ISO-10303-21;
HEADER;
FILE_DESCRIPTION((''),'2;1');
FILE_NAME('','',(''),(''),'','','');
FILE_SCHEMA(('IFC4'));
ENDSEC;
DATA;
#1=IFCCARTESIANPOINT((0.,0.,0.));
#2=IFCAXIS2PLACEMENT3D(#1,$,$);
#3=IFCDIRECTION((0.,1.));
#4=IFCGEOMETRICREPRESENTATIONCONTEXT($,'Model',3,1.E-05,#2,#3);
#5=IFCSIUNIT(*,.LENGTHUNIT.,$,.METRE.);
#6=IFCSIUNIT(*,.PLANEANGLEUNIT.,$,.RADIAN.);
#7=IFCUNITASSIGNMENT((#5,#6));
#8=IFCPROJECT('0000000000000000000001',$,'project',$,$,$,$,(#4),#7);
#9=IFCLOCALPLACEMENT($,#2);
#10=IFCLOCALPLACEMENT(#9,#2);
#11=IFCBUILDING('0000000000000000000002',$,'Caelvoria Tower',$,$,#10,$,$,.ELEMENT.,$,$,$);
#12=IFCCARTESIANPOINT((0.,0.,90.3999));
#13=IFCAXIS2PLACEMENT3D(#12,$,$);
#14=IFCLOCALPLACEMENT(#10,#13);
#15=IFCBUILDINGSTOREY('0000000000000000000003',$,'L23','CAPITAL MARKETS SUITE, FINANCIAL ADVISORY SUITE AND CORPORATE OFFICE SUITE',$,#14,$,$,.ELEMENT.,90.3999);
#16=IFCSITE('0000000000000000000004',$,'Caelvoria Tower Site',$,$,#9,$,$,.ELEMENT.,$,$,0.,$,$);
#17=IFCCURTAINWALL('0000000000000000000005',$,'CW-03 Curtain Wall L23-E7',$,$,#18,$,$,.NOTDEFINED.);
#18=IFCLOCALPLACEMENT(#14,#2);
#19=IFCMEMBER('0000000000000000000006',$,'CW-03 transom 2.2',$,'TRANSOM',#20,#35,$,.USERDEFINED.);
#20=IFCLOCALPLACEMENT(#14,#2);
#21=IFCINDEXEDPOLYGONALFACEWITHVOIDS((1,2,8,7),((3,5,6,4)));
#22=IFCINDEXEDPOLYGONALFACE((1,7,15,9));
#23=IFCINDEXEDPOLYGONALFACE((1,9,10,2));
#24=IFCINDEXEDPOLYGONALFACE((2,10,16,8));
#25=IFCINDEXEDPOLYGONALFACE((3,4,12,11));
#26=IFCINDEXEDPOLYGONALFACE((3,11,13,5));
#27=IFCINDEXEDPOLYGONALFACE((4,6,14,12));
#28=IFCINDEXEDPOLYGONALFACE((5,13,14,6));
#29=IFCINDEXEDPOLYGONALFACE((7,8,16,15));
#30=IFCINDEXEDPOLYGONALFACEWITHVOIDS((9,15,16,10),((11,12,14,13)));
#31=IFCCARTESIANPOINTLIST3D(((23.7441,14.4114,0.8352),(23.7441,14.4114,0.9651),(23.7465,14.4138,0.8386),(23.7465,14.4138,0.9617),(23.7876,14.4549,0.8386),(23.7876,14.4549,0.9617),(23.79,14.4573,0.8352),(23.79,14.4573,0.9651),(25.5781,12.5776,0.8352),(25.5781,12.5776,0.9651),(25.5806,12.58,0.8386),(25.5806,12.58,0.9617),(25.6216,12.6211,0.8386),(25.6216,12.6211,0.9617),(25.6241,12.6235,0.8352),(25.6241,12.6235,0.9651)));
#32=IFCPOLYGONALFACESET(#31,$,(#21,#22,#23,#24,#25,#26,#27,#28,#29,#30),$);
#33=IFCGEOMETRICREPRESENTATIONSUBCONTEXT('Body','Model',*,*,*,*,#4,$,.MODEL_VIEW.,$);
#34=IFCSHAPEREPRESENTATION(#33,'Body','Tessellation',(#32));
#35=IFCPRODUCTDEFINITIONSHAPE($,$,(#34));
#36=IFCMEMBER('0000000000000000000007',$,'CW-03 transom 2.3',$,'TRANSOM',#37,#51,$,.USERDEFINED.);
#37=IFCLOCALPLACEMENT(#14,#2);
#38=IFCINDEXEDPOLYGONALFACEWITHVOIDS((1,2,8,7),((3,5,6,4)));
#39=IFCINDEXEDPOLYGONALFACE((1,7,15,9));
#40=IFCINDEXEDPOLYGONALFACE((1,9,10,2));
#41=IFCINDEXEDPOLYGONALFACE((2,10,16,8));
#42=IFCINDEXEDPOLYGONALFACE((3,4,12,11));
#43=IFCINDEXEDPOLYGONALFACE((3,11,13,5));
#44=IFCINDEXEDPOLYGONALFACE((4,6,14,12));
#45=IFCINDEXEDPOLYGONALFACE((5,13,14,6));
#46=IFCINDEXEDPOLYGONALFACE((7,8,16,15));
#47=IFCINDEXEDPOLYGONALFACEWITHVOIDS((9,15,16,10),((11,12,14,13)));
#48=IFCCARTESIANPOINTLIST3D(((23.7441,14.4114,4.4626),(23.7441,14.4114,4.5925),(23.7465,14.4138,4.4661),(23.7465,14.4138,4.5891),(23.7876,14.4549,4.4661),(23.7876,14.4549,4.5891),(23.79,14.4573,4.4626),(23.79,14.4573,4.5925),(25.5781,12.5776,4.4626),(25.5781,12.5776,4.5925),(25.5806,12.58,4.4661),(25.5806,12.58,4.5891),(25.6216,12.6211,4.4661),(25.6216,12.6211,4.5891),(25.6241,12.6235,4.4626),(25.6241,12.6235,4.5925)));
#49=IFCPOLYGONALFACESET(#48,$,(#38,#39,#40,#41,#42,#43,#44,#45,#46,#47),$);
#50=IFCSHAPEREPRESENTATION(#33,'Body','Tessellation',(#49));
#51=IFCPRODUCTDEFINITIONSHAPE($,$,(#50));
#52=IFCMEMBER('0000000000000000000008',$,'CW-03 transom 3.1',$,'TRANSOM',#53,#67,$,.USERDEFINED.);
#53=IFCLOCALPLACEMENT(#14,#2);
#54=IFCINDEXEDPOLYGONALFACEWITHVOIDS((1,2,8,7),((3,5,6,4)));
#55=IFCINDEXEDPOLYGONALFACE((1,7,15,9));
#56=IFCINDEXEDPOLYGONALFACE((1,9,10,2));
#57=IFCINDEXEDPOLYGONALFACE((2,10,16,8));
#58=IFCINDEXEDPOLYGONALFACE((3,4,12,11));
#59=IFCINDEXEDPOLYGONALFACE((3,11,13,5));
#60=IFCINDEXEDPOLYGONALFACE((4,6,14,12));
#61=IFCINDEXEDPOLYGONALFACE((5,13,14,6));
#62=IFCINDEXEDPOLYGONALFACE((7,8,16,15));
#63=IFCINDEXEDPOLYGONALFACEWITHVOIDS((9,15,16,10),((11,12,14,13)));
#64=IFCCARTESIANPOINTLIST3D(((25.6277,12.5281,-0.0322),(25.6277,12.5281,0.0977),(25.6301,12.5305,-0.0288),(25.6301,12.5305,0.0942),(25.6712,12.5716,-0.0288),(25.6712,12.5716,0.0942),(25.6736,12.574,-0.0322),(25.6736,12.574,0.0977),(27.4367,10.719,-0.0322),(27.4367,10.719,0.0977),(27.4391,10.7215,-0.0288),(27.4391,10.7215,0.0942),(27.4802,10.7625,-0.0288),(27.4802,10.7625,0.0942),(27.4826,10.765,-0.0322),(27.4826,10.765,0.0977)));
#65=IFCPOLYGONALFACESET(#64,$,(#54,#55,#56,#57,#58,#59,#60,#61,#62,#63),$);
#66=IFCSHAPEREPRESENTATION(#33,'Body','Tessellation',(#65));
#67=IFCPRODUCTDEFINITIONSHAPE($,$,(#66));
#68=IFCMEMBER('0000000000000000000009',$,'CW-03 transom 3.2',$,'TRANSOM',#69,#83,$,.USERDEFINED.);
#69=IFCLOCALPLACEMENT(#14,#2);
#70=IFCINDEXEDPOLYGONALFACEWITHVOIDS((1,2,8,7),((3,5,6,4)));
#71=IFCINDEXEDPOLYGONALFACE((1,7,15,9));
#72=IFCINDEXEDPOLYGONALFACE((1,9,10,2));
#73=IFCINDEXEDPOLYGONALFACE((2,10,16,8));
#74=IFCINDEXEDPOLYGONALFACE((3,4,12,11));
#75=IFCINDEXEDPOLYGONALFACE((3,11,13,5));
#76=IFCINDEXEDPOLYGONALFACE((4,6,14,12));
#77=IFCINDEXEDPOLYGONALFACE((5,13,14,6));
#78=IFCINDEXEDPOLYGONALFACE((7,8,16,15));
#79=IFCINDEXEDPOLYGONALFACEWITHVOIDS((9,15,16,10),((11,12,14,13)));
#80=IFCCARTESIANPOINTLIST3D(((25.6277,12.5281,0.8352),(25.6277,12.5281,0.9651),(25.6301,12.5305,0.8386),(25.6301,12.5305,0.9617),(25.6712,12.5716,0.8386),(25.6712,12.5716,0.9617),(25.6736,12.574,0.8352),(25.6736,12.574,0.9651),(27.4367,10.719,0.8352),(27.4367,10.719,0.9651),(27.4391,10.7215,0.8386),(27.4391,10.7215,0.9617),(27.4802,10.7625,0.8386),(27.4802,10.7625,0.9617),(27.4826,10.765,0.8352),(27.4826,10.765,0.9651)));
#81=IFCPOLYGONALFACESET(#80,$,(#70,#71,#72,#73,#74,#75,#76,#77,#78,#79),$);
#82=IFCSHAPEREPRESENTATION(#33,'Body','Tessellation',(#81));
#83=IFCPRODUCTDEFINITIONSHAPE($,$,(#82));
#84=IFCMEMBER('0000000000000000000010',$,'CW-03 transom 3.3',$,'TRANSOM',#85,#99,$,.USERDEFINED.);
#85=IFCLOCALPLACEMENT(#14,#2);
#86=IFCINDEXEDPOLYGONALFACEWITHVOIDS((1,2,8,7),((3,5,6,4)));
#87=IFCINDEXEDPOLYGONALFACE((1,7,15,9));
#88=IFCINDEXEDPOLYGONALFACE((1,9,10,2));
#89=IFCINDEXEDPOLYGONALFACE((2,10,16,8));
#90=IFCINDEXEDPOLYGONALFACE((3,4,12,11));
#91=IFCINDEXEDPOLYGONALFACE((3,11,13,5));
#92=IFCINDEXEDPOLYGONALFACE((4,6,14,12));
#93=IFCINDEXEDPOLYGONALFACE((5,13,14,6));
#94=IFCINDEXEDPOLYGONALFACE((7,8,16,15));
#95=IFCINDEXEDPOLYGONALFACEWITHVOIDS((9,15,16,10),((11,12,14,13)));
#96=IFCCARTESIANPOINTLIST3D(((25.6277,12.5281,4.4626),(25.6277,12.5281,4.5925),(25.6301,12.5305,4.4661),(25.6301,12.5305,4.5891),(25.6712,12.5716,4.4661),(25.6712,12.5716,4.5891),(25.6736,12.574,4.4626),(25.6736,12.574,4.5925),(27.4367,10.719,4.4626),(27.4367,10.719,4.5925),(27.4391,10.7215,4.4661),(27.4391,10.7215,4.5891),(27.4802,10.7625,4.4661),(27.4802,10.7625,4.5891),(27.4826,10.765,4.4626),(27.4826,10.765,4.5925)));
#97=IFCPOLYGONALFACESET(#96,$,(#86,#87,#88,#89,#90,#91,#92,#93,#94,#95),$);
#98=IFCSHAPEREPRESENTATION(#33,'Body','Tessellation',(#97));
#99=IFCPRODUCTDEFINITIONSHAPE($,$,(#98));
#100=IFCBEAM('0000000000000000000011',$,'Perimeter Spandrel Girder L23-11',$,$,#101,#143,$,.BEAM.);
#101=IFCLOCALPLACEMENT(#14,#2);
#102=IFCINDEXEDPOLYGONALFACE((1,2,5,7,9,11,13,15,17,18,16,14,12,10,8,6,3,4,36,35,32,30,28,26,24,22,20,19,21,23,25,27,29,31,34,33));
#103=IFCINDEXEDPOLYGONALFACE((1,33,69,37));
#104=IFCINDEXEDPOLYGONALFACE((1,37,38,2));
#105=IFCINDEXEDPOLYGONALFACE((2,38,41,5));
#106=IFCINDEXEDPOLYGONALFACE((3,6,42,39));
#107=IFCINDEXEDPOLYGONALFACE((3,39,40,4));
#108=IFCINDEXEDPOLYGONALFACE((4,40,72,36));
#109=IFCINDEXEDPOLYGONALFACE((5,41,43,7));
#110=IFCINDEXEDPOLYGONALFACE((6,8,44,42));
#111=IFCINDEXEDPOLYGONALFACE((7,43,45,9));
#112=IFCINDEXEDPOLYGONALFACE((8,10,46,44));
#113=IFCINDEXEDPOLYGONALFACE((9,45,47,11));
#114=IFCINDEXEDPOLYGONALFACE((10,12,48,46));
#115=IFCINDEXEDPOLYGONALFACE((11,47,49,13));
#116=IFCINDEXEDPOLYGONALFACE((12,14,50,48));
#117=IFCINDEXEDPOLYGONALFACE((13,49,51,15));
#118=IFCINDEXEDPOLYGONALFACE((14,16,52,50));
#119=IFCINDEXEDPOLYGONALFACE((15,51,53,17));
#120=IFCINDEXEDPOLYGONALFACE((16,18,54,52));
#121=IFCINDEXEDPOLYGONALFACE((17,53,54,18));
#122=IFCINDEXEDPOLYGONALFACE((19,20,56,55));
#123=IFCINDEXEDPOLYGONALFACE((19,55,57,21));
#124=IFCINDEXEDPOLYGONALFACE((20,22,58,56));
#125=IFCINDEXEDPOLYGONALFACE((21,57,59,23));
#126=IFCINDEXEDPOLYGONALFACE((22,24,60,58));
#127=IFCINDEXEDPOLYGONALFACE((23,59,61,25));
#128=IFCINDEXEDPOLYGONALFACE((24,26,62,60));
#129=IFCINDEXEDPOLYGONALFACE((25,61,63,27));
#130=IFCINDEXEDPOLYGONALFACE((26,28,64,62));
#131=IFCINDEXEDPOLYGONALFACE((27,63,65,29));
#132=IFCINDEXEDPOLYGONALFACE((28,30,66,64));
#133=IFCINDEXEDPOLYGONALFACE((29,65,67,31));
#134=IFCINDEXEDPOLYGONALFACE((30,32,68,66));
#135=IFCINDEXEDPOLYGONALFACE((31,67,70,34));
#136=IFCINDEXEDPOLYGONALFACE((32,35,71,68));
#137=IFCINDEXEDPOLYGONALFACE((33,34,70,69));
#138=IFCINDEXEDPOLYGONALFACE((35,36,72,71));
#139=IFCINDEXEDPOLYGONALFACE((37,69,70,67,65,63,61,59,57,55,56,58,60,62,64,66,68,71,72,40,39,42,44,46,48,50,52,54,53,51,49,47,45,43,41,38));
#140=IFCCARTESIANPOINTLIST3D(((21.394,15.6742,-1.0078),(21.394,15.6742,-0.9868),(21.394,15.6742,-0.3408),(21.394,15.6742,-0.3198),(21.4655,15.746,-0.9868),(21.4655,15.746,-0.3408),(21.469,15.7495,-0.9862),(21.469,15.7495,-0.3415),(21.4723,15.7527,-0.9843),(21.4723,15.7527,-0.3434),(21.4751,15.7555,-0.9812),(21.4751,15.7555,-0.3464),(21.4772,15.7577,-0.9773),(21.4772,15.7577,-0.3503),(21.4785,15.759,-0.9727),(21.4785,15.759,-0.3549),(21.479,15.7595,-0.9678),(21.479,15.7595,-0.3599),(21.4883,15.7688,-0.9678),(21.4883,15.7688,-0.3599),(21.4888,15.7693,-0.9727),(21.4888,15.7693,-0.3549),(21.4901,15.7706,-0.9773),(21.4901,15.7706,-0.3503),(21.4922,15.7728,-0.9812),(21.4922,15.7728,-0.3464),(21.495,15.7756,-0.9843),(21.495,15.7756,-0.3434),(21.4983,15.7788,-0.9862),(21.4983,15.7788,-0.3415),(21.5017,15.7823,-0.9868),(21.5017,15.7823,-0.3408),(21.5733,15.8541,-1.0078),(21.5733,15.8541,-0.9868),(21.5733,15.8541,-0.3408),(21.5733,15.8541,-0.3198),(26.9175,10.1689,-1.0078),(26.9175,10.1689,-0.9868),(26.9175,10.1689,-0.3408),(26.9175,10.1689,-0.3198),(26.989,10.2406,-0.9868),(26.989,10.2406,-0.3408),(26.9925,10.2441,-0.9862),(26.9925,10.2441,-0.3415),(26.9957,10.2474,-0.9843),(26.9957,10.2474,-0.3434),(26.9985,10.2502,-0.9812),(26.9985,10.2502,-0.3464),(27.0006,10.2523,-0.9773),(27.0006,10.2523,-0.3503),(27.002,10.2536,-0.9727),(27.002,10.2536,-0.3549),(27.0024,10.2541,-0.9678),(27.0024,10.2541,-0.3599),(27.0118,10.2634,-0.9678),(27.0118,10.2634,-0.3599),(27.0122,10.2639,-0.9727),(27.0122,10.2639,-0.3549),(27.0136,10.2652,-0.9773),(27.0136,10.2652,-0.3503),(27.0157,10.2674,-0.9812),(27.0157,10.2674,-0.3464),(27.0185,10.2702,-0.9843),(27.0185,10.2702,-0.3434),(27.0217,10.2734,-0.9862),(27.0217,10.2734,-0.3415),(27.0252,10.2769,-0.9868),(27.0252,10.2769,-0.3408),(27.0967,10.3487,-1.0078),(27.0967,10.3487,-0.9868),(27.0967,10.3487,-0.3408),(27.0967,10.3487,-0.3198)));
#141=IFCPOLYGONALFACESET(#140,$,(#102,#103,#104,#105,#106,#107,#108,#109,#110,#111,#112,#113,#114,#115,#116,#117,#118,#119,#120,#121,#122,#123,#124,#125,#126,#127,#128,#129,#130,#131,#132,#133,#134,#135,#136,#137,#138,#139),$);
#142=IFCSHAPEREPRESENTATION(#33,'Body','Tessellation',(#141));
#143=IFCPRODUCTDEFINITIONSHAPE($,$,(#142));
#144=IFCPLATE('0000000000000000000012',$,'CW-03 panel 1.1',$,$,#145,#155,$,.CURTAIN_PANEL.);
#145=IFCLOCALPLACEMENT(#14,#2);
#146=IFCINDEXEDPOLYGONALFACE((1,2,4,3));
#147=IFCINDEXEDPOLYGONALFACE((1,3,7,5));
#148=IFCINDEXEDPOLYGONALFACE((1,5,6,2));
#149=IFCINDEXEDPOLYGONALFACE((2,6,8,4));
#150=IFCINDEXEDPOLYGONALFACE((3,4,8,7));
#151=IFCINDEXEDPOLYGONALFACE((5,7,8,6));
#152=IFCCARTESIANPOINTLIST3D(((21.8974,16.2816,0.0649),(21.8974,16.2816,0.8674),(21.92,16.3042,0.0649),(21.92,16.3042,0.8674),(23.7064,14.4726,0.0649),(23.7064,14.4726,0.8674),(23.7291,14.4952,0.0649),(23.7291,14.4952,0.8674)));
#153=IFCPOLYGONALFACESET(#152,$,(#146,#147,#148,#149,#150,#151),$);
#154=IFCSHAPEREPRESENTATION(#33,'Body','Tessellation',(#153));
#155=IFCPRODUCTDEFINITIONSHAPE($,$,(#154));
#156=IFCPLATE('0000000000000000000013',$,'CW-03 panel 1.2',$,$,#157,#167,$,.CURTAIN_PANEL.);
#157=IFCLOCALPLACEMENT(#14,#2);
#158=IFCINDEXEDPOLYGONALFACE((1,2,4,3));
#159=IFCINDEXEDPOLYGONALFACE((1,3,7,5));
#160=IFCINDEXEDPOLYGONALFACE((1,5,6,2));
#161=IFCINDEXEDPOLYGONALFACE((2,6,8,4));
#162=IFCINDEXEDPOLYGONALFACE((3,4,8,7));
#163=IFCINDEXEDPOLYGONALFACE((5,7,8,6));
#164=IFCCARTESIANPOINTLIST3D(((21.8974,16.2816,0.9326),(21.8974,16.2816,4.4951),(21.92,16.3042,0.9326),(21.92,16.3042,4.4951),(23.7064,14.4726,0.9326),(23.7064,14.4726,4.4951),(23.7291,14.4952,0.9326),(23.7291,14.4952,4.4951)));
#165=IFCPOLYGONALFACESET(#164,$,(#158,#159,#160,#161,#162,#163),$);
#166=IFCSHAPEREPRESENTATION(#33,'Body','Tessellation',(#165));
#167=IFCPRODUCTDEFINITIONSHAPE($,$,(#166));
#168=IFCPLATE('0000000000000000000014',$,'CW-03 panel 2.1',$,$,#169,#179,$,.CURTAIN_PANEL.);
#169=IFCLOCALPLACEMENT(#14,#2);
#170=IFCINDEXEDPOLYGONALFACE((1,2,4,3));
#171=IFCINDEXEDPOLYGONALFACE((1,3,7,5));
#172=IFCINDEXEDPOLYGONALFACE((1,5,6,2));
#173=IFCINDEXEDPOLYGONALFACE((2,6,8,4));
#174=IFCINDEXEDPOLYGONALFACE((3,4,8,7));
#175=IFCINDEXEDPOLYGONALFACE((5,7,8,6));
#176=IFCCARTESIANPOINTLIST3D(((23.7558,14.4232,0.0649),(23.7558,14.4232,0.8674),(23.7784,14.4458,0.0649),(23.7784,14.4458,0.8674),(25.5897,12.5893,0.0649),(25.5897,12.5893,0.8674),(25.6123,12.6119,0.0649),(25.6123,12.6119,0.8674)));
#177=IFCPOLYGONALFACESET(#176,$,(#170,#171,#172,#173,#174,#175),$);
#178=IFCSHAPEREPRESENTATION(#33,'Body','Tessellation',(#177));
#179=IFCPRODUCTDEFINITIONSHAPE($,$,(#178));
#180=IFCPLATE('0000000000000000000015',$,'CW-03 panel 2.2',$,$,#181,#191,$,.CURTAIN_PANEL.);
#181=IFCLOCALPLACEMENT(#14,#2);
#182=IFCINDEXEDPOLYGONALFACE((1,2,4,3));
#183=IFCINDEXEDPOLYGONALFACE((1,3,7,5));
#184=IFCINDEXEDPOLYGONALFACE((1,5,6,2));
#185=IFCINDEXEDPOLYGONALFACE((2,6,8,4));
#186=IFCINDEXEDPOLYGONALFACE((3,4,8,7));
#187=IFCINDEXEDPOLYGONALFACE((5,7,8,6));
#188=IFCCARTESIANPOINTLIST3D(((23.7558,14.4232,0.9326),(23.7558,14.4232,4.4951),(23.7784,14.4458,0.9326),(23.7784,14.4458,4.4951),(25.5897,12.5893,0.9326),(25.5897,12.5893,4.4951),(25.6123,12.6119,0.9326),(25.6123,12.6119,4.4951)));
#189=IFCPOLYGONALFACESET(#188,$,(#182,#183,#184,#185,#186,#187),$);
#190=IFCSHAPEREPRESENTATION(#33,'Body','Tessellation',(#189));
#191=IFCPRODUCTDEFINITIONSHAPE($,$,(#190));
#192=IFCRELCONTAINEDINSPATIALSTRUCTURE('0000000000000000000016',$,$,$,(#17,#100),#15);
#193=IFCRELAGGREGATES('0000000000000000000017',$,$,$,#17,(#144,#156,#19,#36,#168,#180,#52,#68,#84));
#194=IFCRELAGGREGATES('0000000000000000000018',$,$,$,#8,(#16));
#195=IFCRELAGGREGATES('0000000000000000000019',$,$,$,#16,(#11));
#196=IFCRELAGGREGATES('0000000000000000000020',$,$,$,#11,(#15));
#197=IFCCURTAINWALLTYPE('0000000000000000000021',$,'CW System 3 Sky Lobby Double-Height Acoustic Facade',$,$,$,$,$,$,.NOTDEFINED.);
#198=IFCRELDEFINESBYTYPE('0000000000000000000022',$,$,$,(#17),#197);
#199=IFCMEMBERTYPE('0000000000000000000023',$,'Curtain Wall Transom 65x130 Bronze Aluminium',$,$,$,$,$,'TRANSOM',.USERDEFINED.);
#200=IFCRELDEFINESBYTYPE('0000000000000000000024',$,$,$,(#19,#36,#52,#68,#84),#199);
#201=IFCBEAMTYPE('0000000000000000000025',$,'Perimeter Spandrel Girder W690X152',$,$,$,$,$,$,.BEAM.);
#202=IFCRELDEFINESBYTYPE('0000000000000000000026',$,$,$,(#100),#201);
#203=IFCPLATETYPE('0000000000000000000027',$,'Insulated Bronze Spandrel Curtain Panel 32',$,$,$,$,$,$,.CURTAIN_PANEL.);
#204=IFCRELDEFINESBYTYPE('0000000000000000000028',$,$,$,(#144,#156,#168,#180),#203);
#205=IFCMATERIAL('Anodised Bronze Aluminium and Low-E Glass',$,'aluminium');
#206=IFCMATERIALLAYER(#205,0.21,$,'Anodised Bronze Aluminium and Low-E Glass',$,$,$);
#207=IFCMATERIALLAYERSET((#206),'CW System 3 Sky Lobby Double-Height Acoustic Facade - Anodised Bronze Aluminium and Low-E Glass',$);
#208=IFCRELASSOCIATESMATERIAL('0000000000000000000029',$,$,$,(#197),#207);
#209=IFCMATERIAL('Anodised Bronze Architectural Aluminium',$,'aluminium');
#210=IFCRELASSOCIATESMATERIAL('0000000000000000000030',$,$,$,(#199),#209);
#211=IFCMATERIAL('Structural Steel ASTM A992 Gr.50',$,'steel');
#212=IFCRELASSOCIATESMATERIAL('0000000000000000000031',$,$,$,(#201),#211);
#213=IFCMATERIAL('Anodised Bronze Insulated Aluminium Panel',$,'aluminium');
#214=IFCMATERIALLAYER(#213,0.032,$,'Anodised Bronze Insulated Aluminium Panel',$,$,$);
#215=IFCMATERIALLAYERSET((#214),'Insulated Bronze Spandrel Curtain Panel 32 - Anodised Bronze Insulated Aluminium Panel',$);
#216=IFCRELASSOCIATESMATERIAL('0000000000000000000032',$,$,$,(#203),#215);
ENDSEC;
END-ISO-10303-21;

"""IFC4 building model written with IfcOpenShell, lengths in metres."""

from ifc_helpers import new_model, si_unit, direction, frame, origin, origin_2d, place, context, subcontext, project, spatial, rectangle, hollow_rectangle, i_section, extrude, material, layer, layer_set, material_profile, profile_set, type_object, element, aggregate, save


model = new_model("IFC4")

# Units and contexts
model_context = context("Model", 3, precision=1e-05, world=origin(), true_north=direction((0.0, 1.0)))
body_context = subcontext(model_context, "Body", "Model", "MODEL_VIEW")
ifc_project = project(units=[si_unit("LENGTHUNIT", "METRE"), si_unit("PLANEANGLEUNIT", "RADIAN")], contexts=[model_context])

# Site, building, storey
site_placement = place(None, origin())
site = spatial("IfcSite", under=ifc_project, at=site_placement, Name="Caelvoria Tower Site", CompositionType="ELEMENT", RefElevation=0.0)
building_placement = place(site_placement, origin())
building = spatial("IfcBuilding", under=site, at=building_placement, Name="Caelvoria Tower", CompositionType="ELEMENT")
storey_placement = place(building_placement, frame((0.0, 0.0, 90.3999)))
storey = spatial("IfcBuildingStorey", under=building, at=storey_placement, Name="L23", Description="CAPITAL MARKETS SUITE, FINANCIAL ADVISORY SUITE AND CORPORATE OFFICE SUITE", CompositionType="ELEMENT", Elevation=90.3999)

# Shared definitions
ifc_material_1 = material(Name="Anodised Bronze Aluminium and Low-E Glass", Category="aluminium")
ifc_layer_1 = layer(ifc_material_1, 0.21, Name="Anodised Bronze Aluminium and Low-E Glass")
ifc_layer_set_1 = layer_set([ifc_layer_1], Name="CW System 3 Sky Lobby Double-Height Acoustic Facade - Anodised Bronze Aluminium and Low-E Glass")
curtain_wall_type = type_object("IfcCurtainWallType", Name="CW System 3 Sky Lobby Double-Height Acoustic Facade", PredefinedType="NOTDEFINED", material=ifc_layer_set_1)
ifc_material_2 = material(Name="Anodised Bronze Architectural Aluminium", Category="aluminium")

# Curtain wall
curtain_wall_1_placement = place(storey_placement, origin())
curtain_wall_1 = element("IfcCurtainWall", 1, at=curtain_wall_1_placement, inside=storey, type_object=curtain_wall_type, Name="CW-03 Curtain Wall L23-E7", PredefinedType="NOTDEFINED")

# Members
ifc_material_profile_1 = material_profile(ifc_material_2, hollow_rectangle(XDim=0.0649, YDim=0.1299, WallThickness=0.0034, at=origin_2d()), Name="Anodised Bronze Architectural Aluminium")
ifc_profile_set_1 = profile_set([ifc_material_profile_1], Name="CW_TRAN_65X130 - Anodised Bronze Architectural Aluminium")
member_type_1 = type_object("IfcMemberType", Name="Curtain Wall Transom 65x130 Bronze Aluminium", ElementType="TRANSOM", PredefinedType="USERDEFINED", material=ifc_profile_set_1)
member_1_placement = place(storey_placement, frame((23.7671, 14.4343, 0.9001), z_axis=(0.707154, -0.70706, 0.0), x_axis=(0.70706, 0.707154, 0.0)))
member_1 = element("IfcMember", 2, at=member_1_placement, type_object=member_type_1, Name="CW-03 transom 2.2", ObjectType="TRANSOM", PredefinedType="USERDEFINED", context=body_context, shape_type="SweptSolid", body=[
    extrude(hollow_rectangle(XDim=0.0649, YDim=0.1299, WallThickness=0.0034, at=origin_2d()), origin(), (0.0, 0.0, 1.0), 2.5935),
])
member_2_placement = place(storey_placement, frame((23.7671, 14.4343, 4.5276), z_axis=(0.707154, -0.70706, 0.0), x_axis=(0.70706, 0.707154, 0.0)))
member_2 = element("IfcMember", 3, at=member_2_placement, type_object=member_type_1, Name="CW-03 transom 2.3", ObjectType="TRANSOM", PredefinedType="USERDEFINED", context=body_context, shape_type="SweptSolid", body=[
    extrude(hollow_rectangle(XDim=0.0649, YDim=0.1299, WallThickness=0.0034, at=origin_2d()), origin(), (0.0, 0.0, 1.0), 2.5935),
])
member_3_placement = place(storey_placement, frame((25.6506, 12.551, 0.0327), z_axis=(0.707107, -0.707107, 0.0), x_axis=(0.707107, 0.707107, 0.0)))
member_3 = element("IfcMember", 4, at=member_3_placement, type_object=member_type_1, Name="CW-03 transom 3.1", ObjectType="TRANSOM", PredefinedType="USERDEFINED", context=body_context, shape_type="SweptSolid", body=[
    extrude(hollow_rectangle(XDim=0.0649, YDim=0.1299, WallThickness=0.0034, at=origin_2d()), origin(), (0.0, 0.0, 1.0), 2.5583),
])
member_4_placement = place(storey_placement, frame((25.6506, 12.551, 0.9001), z_axis=(0.707107, -0.707107, 0.0), x_axis=(0.707107, 0.707107, 0.0)))
member_4 = element("IfcMember", 5, at=member_4_placement, type_object=member_type_1, Name="CW-03 transom 3.2", ObjectType="TRANSOM", PredefinedType="USERDEFINED", context=body_context, shape_type="SweptSolid", body=[
    extrude(hollow_rectangle(XDim=0.0649, YDim=0.1299, WallThickness=0.0034, at=origin_2d()), origin(), (0.0, 0.0, 1.0), 2.5583),
])
member_5_placement = place(storey_placement, frame((25.6506, 12.551, 4.5276), z_axis=(0.707107, -0.707107, 0.0), x_axis=(0.707107, 0.707107, 0.0)))
member_5 = element("IfcMember", 6, at=member_5_placement, type_object=member_type_1, Name="CW-03 transom 3.3", ObjectType="TRANSOM", PredefinedType="USERDEFINED", context=body_context, shape_type="SweptSolid", body=[
    extrude(hollow_rectangle(XDim=0.0649, YDim=0.1299, WallThickness=0.0034, at=origin_2d()), origin(), (0.0, 0.0, 1.0), 2.5583),
])

# Beam
ifc_material_3 = material(Name="Structural Steel ASTM A992 Gr.50", Category="steel")
ifc_material_profile_2 = material_profile(ifc_material_3, i_section(OverallWidth=0.2539, OverallDepth=0.688, WebThickness=0.0132, FlangeThickness=0.021, FilletRadius=0.019, at=origin_2d()), Name="Structural Steel ASTM A992 Gr.50")
ifc_profile_set_2 = profile_set([ifc_material_profile_2], Name="W690X152 - Structural Steel ASTM A992 Gr.50")
beam_type = type_object("IfcBeamType", Name="Perimeter Spandrel Girder W690X152", PredefinedType="BEAM", material=ifc_profile_set_2)
beam_placement = place(storey_placement, frame((21.4836, 15.7642, -0.6638), z_axis=(0.708264, -0.705948, 0.0), x_axis=(0.705948, 0.708264, 0.0)))
element("IfcBeam", 7, at=beam_placement, inside=storey, type_object=beam_type, Name="Perimeter Spandrel Girder L23-11", PredefinedType="BEAM", context=body_context, shape_type="SweptSolid", body=[
    extrude(i_section(OverallWidth=0.2539, OverallDepth=0.688, WebThickness=0.0132, FlangeThickness=0.021, FilletRadius=0.019, at=origin_2d()), origin(), (0.0, 0.0, 1.0), 7.7986),
])

# Plates
ifc_material_4 = material(Name="Anodised Bronze Insulated Aluminium Panel", Category="aluminium")
ifc_layer_2 = layer(ifc_material_4, 0.032, Name="Anodised Bronze Insulated Aluminium Panel")
ifc_layer_set_2 = layer_set([ifc_layer_2], Name="Insulated Bronze Spandrel Curtain Panel 32 - Anodised Bronze Insulated Aluminium Panel")
plate_type = type_object("IfcPlateType", Name="Insulated Bronze Spandrel Curtain Panel 32", PredefinedType="CURTAIN_PANEL", material=ifc_layer_set_2)
plate_1_placement = place(storey_placement, frame((22.8132, 15.3884, 0.0649), z_axis=(0.0, 0.0, 1.0), x_axis=(0.707107, -0.707107, 0.0)))
plate_1 = element("IfcPlate", 8, at=plate_1_placement, type_object=plate_type, Name="CW-03 panel 1.1", PredefinedType="CURTAIN_PANEL", context=body_context, shape_type="SweptSolid", body=[
    extrude(rectangle(XDim=2.5583, YDim=0.032, at=origin_2d()), origin(), (0.0, 0.0, 1.0), 0.8025),
])
plate_2_placement = place(storey_placement, frame((22.8132, 15.3884, 0.9326), z_axis=(0.0, 0.0, 1.0), x_axis=(0.707107, -0.707107, 0.0)))
plate_2 = element("IfcPlate", 9, at=plate_2_placement, type_object=plate_type, Name="CW-03 panel 1.2", PredefinedType="CURTAIN_PANEL", context=body_context, shape_type="SweptSolid", body=[
    extrude(rectangle(XDim=2.5583, YDim=0.032, at=origin_2d()), origin(), (0.0, 0.0, 1.0), 3.5625),
])
plate_3_placement = place(storey_placement, frame((24.6841, 13.5176, 0.0649), z_axis=(0.0, 0.0, 1.0), x_axis=(0.707107, -0.707107, 0.0)))
plate_3 = element("IfcPlate", 10, at=plate_3_placement, type_object=plate_type, Name="CW-03 panel 2.1", PredefinedType="CURTAIN_PANEL", context=body_context, shape_type="SweptSolid", body=[
    extrude(rectangle(XDim=2.5935, YDim=0.032, at=origin_2d()), origin(), (0.0, 0.0, 1.0), 0.8025),
])
plate_4_placement = place(storey_placement, frame((24.6841, 13.5176, 0.9326), z_axis=(0.0, 0.0, 1.0), x_axis=(0.707107, -0.707107, 0.0)))
plate_4 = element("IfcPlate", 11, at=plate_4_placement, type_object=plate_type, Name="CW-03 panel 2.2", PredefinedType="CURTAIN_PANEL", context=body_context, shape_type="SweptSolid", body=[
    extrude(rectangle(XDim=2.5935, YDim=0.032, at=origin_2d()), origin(), (0.0, 0.0, 1.0), 3.5625),
])
aggregate(curtain_wall_1, [plate_1, plate_2, member_1, member_2, plate_3, plate_4, member_3, member_4, member_5])

save(model, "model.ifc")
